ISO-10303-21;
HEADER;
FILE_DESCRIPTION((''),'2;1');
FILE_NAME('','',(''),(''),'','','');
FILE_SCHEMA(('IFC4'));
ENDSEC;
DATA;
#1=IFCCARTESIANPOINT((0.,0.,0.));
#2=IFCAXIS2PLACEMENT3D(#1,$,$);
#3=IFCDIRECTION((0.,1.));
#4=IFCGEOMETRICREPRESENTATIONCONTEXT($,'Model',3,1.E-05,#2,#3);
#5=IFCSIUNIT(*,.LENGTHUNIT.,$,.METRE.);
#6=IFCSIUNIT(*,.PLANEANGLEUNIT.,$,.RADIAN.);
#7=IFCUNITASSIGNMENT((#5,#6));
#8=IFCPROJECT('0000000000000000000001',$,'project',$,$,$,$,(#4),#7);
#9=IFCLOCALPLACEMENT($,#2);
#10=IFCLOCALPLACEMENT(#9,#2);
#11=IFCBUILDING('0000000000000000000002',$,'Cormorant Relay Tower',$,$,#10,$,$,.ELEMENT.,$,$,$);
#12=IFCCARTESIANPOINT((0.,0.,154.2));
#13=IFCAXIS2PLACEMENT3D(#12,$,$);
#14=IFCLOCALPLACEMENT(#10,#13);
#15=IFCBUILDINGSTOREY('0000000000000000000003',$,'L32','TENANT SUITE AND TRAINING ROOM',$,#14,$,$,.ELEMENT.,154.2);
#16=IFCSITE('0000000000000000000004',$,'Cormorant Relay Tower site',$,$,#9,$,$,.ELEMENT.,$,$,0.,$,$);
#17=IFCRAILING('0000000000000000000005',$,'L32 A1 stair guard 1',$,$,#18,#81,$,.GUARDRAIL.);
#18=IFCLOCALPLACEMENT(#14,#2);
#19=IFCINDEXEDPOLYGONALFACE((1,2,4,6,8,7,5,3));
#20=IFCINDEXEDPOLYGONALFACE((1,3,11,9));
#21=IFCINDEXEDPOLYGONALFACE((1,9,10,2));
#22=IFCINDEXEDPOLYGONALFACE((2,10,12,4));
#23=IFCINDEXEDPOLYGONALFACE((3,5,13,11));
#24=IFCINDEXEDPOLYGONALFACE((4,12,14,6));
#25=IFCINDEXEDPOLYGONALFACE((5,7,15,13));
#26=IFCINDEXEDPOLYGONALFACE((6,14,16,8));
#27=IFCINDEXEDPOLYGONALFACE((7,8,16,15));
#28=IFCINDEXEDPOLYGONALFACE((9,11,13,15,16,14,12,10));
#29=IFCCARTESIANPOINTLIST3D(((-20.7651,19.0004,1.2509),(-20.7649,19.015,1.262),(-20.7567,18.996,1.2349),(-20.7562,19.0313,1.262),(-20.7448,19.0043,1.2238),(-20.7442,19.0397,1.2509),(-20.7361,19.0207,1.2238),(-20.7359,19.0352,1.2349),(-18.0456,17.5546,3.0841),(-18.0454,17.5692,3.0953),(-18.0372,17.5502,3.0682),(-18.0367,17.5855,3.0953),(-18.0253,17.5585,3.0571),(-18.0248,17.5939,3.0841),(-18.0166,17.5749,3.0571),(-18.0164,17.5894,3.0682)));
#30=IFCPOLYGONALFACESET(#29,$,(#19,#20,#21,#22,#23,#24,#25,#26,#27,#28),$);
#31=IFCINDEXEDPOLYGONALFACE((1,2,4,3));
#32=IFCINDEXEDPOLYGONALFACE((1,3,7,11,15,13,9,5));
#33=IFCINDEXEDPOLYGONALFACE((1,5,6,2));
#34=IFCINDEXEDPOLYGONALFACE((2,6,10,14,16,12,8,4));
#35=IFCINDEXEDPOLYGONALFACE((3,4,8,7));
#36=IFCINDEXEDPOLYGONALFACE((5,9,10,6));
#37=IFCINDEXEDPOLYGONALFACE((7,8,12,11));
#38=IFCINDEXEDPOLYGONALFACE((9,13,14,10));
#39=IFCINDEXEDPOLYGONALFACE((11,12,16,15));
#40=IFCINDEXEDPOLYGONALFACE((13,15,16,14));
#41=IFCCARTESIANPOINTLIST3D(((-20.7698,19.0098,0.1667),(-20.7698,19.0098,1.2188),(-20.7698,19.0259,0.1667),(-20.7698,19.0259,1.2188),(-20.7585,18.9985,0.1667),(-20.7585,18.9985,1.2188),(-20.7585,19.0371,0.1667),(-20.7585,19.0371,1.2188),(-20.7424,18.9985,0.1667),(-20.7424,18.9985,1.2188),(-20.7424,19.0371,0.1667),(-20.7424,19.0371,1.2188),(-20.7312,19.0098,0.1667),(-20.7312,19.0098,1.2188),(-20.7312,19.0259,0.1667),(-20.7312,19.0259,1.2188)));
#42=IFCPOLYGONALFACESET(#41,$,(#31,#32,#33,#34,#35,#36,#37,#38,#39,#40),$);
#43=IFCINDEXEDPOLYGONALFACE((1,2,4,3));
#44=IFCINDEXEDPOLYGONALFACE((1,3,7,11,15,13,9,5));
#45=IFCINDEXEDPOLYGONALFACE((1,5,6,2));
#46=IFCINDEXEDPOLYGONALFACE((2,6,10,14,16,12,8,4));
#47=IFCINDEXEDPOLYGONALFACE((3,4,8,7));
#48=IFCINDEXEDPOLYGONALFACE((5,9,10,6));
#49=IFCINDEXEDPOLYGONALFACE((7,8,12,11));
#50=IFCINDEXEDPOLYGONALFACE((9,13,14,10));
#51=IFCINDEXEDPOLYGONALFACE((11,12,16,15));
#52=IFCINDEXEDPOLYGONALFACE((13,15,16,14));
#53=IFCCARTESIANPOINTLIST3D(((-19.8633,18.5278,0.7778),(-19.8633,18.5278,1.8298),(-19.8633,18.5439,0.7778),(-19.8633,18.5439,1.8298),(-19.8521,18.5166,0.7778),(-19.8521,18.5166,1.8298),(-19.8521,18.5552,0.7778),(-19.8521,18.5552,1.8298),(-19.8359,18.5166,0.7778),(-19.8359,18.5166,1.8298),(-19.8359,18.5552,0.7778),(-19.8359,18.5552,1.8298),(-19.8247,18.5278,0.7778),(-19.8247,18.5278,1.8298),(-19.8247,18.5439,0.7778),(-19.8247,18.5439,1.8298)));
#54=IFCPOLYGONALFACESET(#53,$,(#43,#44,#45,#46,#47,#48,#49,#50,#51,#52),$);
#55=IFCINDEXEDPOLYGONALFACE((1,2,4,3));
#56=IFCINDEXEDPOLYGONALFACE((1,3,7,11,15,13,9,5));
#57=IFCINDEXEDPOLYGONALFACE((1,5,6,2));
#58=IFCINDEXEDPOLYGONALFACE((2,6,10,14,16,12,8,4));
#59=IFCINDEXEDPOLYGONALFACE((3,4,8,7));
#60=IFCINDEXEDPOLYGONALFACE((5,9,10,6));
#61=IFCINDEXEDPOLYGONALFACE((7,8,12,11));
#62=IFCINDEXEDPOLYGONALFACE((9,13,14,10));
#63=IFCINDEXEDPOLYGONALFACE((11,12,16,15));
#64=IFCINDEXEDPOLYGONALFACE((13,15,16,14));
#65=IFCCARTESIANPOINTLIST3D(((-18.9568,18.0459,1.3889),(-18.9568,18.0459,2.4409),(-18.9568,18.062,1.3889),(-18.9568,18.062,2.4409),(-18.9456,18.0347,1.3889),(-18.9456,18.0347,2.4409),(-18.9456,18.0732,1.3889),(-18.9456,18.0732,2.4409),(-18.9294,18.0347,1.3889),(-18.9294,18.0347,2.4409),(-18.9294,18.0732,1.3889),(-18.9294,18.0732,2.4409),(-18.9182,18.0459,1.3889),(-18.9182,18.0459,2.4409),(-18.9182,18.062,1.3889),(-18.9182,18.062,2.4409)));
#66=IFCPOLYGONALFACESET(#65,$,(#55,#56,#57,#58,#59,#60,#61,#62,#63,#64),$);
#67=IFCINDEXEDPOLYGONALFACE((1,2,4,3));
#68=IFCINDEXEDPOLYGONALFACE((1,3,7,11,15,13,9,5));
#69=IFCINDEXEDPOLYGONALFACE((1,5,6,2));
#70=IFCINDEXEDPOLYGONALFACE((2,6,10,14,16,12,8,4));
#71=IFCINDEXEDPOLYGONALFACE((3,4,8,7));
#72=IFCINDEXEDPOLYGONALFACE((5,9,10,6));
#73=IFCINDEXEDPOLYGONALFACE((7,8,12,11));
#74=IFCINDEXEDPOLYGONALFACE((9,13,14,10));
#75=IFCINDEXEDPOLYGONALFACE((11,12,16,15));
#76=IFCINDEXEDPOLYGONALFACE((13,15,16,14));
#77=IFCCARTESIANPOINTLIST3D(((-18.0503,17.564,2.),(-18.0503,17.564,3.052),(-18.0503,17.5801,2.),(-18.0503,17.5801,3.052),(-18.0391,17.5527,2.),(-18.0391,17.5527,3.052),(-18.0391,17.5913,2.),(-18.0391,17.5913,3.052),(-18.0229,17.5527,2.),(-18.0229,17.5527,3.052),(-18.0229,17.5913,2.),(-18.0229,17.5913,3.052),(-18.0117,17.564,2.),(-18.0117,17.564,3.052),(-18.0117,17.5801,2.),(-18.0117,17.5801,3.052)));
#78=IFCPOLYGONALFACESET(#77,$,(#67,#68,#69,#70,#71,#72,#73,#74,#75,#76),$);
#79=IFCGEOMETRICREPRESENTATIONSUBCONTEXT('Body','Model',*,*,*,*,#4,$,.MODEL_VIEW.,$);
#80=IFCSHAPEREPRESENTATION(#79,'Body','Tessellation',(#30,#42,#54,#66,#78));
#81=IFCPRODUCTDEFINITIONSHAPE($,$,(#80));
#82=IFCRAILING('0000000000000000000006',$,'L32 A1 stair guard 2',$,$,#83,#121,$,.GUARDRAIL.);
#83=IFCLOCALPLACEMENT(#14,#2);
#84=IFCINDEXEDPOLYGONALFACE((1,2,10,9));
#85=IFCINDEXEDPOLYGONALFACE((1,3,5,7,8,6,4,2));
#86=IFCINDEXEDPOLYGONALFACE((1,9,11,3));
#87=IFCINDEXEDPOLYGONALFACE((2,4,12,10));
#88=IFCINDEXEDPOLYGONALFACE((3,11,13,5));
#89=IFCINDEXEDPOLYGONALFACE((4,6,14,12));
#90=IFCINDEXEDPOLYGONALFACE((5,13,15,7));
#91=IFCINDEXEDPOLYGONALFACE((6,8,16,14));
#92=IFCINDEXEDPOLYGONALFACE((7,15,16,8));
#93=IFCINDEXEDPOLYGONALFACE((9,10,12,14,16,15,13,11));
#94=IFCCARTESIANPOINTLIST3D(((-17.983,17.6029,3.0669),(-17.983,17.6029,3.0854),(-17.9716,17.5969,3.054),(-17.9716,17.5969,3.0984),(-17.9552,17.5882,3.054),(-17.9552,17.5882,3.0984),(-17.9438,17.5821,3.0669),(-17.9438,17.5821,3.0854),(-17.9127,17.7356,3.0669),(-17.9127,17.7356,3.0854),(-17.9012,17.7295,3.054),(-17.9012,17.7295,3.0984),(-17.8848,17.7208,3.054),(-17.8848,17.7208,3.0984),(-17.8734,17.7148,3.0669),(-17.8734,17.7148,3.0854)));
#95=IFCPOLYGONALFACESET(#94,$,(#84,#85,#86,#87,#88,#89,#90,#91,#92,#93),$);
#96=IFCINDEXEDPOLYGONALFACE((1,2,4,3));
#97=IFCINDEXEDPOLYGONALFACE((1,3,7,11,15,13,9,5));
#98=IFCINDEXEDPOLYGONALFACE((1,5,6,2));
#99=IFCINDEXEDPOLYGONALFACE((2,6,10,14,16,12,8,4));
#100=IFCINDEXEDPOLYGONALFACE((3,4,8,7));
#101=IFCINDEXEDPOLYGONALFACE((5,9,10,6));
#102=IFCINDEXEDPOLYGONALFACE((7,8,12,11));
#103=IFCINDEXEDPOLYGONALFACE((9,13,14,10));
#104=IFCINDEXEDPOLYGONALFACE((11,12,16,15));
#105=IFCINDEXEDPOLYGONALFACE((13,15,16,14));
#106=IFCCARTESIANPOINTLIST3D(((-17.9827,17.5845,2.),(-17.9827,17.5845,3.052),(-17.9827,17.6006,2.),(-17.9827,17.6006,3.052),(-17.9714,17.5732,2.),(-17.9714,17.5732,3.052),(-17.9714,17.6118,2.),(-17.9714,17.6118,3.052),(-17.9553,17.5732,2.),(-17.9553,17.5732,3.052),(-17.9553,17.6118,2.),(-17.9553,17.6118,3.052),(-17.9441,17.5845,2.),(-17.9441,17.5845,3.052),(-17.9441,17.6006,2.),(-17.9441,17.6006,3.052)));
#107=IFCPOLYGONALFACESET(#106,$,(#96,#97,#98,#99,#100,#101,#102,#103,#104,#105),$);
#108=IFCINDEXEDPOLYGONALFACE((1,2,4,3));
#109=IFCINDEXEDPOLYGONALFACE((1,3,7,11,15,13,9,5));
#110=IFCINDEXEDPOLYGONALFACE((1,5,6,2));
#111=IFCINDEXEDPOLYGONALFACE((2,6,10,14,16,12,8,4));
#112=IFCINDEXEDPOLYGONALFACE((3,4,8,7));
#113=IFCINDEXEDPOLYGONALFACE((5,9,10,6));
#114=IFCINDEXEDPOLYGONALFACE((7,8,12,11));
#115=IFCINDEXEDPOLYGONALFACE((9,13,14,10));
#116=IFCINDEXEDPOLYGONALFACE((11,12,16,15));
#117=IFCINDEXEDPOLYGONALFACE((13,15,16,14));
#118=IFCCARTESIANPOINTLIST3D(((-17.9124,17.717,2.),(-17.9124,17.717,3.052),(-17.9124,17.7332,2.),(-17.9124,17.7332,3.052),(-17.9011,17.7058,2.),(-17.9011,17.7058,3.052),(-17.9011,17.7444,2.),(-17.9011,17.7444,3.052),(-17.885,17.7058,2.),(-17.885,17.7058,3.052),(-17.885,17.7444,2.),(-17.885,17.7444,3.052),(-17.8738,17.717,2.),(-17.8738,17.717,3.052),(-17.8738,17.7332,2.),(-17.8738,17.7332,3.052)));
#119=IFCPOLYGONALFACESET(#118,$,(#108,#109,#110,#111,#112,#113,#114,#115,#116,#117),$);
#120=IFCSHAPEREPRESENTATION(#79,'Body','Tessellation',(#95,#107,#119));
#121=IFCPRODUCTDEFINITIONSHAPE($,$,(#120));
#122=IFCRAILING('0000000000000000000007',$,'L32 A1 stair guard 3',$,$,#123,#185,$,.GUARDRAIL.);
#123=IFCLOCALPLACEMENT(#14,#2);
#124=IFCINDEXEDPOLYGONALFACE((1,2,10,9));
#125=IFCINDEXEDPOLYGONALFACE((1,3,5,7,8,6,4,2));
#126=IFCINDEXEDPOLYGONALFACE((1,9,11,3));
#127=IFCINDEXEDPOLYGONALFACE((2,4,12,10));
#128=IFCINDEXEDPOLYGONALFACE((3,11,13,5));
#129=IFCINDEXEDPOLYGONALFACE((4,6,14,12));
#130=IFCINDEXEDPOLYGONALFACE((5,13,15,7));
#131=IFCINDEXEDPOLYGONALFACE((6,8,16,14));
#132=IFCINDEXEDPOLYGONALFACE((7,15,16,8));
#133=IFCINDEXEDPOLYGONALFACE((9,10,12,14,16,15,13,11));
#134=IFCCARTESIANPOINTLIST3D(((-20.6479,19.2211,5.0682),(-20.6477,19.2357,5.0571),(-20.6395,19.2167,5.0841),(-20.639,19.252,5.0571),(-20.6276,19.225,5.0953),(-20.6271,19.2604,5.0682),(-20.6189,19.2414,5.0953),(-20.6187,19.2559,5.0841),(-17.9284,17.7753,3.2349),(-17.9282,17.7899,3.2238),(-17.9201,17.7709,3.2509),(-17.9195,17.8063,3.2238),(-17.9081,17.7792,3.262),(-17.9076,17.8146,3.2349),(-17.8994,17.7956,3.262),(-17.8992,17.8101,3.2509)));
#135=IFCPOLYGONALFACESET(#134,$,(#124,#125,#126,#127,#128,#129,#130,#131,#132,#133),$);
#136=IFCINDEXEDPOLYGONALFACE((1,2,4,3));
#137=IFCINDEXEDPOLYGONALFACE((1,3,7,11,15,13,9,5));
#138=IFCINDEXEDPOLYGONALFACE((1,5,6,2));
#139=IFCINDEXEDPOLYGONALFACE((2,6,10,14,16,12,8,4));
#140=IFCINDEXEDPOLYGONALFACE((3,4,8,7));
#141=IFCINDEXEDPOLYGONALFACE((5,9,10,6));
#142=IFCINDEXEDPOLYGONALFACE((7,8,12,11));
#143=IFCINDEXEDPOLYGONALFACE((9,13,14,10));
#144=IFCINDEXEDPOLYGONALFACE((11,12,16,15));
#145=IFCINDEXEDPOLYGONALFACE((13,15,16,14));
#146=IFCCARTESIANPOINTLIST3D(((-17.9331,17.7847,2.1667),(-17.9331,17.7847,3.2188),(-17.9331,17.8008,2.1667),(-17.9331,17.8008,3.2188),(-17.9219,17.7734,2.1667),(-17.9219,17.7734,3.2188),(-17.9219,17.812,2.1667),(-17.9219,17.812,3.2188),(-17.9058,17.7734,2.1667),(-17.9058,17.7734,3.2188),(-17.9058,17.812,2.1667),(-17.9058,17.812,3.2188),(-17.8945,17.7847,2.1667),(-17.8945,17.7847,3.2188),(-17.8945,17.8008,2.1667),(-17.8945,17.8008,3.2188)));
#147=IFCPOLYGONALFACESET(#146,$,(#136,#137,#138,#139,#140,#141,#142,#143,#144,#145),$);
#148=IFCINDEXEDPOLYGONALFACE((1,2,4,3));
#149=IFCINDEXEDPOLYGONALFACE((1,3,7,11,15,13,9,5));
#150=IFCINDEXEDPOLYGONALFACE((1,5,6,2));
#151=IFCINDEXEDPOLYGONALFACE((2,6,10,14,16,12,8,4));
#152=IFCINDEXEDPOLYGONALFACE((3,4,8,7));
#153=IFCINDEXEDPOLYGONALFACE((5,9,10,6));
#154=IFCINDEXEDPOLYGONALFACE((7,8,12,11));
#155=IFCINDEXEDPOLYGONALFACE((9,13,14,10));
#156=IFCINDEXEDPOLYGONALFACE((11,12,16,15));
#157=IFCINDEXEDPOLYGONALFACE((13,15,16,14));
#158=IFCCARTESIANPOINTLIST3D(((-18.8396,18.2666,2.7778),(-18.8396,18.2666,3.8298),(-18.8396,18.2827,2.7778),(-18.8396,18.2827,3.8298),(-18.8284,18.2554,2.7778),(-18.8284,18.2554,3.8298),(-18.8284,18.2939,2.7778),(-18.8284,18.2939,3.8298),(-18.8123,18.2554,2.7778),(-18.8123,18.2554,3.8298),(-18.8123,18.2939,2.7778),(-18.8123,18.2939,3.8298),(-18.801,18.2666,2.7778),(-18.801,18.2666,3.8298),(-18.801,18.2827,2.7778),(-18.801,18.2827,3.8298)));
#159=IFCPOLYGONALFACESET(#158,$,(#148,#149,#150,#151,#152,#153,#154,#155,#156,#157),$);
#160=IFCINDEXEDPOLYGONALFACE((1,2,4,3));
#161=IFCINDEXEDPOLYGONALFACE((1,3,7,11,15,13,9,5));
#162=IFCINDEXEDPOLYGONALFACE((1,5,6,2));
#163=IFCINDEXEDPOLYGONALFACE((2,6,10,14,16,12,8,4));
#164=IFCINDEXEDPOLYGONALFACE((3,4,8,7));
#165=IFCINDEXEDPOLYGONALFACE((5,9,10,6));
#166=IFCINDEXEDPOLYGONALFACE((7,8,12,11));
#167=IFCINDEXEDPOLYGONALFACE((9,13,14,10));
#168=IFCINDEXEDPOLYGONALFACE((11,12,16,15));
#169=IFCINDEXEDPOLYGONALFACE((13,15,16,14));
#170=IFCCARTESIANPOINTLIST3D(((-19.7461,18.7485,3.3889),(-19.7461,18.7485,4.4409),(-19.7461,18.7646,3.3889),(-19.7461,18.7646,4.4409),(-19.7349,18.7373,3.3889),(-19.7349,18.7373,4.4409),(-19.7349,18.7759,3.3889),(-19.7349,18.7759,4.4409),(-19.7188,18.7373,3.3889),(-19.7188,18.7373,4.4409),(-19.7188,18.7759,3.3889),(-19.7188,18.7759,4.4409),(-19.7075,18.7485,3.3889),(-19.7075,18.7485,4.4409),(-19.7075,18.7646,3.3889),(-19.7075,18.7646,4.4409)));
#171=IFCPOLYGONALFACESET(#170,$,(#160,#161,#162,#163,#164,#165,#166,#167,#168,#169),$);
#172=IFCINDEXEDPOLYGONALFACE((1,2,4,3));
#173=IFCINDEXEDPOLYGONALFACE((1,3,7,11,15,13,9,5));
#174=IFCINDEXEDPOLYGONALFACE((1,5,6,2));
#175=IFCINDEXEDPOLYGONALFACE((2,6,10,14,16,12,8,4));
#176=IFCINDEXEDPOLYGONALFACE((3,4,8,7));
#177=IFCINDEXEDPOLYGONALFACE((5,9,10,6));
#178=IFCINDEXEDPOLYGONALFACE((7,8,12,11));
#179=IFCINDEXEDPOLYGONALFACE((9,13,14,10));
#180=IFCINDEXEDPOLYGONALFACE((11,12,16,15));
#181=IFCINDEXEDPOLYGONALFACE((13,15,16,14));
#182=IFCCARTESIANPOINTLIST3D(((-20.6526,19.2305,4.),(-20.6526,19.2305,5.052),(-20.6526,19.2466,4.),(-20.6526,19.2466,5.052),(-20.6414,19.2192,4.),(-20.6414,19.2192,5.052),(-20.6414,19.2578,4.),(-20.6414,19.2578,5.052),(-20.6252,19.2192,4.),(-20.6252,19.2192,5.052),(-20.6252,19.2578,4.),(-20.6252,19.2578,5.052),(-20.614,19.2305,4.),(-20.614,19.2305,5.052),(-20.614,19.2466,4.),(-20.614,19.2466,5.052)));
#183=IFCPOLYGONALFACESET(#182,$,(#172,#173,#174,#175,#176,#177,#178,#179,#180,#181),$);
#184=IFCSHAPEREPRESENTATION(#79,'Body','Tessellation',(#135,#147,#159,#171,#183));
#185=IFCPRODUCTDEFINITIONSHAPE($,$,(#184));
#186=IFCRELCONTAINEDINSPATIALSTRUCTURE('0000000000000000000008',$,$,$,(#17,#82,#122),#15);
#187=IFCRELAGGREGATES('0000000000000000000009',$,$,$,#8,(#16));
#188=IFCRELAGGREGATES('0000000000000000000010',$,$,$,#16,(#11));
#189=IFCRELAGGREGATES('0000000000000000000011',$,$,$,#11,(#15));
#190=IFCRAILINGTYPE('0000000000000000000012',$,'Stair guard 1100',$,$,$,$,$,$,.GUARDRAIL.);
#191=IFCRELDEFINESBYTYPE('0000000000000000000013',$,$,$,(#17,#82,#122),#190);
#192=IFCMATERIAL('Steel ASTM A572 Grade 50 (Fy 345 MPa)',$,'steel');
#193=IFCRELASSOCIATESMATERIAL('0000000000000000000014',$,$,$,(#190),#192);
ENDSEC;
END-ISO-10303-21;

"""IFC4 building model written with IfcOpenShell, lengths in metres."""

from ifc_helpers import new_model, si_unit, direction, frame, origin, place, context, subcontext, project, spatial, polyline, outline, extrude, material, type_object, element, save


model = new_model("IFC4")

# Units and contexts
model_context = context("Model", 3, precision=1e-05, world=origin(), true_north=direction((0.0, 1.0)))
body_context = subcontext(model_context, "Body", "Model", "MODEL_VIEW")
ifc_project = project(units=[si_unit("LENGTHUNIT", "METRE"), si_unit("PLANEANGLEUNIT", "RADIAN")], contexts=[model_context])

# Site, building, storey
site_placement = place(None, origin())
site = spatial("IfcSite", under=ifc_project, at=site_placement, Name="Cormorant Relay Tower site", CompositionType="ELEMENT", RefElevation=0.0)
building_placement = place(site_placement, origin())
building = spatial("IfcBuilding", under=site, at=building_placement, Name="Cormorant Relay Tower", CompositionType="ELEMENT")
storey_placement = place(building_placement, frame((0.0, 0.0, 154.2)))
storey = spatial("IfcBuildingStorey", under=building, at=storey_placement, Name="L32", Description="TENANT SUITE AND TRAINING ROOM", CompositionType="ELEMENT", Elevation=154.2)

# Railings
ifc_material_1 = material(Name="Steel ASTM A572 Grade 50 (Fy 345 MPa)", Category="steel")
railing_type_1 = type_object("IfcRailingType", Name="Stair guard 1100", PredefinedType="GUARDRAIL", material=ifc_material_1)
railing_1_placement = place(storey_placement, frame((-20.7505, 19.0178, 0.1667)))
element("IfcRailing", 1, at=railing_1_placement, inside=storey, type_object=railing_type_1, Name="L32 A1 stair guard 1", PredefinedType="GUARDRAIL", context=body_context, shape_type="SweptSolid", body=[
    extrude(outline(polyline([(0.0222, 0.0093), (0.0093, 0.0222), (-0.0093, 0.0222), (-0.0222, 0.0093), (-0.0222, -0.0093), (-0.0093, -0.0222), (0.0093, -0.0222), (0.0222, -0.0093), (0.0222, 0.0093)])), frame((0.0, 0.0, 1.0762), z_axis=(0.758735, -0.403378, 0.511477), x_axis=(0.469428, 0.882971, 0.0)), (0.0, 0.0, 1.0), 3.5842),
    extrude(outline(polyline([(0.0193, 0.0081), (0.0081, 0.0193), (-0.0081, 0.0193), (-0.0193, 0.0081), (-0.0193, -0.0081), (-0.0081, -0.0193), (0.0081, -0.0193), (0.0193, -0.0081), (0.0193, 0.0081)])), origin(), (0.0, 0.0, 1.0), 1.052),
    extrude(outline(polyline([(0.0193, 0.0081), (0.0081, 0.0193), (-0.0081, 0.0193), (-0.0193, 0.0081), (-0.0193, -0.0081), (-0.0081, -0.0193), (0.0081, -0.0193), (0.0193, -0.0081), (0.0193, 0.0081)])), frame((0.9065, -0.4819, 0.6111)), (0.0, 0.0, 1.0), 1.052),
    extrude(outline(polyline([(0.0193, 0.0081), (0.0081, 0.0193), (-0.0081, 0.0193), (-0.0193, 0.0081), (-0.0193, -0.0081), (-0.0081, -0.0193), (0.0081, -0.0193), (0.0193, -0.0081), (0.0193, 0.0081)])), frame((1.813, -0.9639, 1.2222)), (0.0, 0.0, 1.0), 1.052),
    extrude(outline(polyline([(0.0193, 0.0081), (0.0081, 0.0193), (-0.0081, 0.0193), (-0.0193, 0.0081), (-0.0193, -0.0081), (-0.0081, -0.0193), (0.0081, -0.0193), (0.0193, -0.0081), (0.0193, 0.0081)])), frame((2.7195, -1.4458, 1.8333)), (0.0, 0.0, 1.0), 1.052),
])
railing_2_placement = place(storey_placement, frame((-17.9634, 17.5925, 2.0)))
element("IfcRailing", 2, at=railing_2_placement, inside=storey, type_object=railing_type_1, Name="L32 A1 stair guard 2", PredefinedType="GUARDRAIL", context=body_context, shape_type="SweptSolid", body=[
    extrude(outline(polyline([(0.0222, 0.0093), (0.0093, 0.0222), (-0.0093, 0.0222), (-0.0222, 0.0093), (-0.0222, -0.0093), (-0.0093, -0.0222), (0.0093, -0.0222), (0.0222, -0.0093), (0.0222, 0.0093)])), frame((0.0, 0.0, 1.0762), z_axis=(0.46856, 0.883431, 0.0), x_axis=(-0.883431, 0.46856, 0.0)), (0.0, 0.0, 1.0), 0.1501),
    extrude(outline(polyline([(0.0193, 0.0081), (0.0081, 0.0193), (-0.0081, 0.0193), (-0.0193, 0.0081), (-0.0193, -0.0081), (-0.0081, -0.0193), (0.0081, -0.0193), (0.0193, -0.0081), (0.0193, 0.0081)])), origin(), (0.0, 0.0, 1.0), 1.052),
    extrude(outline(polyline([(0.0193, 0.0081), (0.0081, 0.0193), (-0.0081, 0.0193), (-0.0193, 0.0081), (-0.0193, -0.0081), (-0.0081, -0.0193), (0.0081, -0.0193), (0.0193, -0.0081), (0.0193, 0.0081)])), frame((0.0703, 0.1326, 0.0)), (0.0, 0.0, 1.0), 1.052),
])
railing_3_placement = place(storey_placement, frame((-17.9138, 17.7927, 2.1667)))
element("IfcRailing", 3, at=railing_3_placement, inside=storey, type_object=railing_type_1, Name="L32 A1 stair guard 3", PredefinedType="GUARDRAIL", context=body_context, shape_type="SweptSolid", body=[
    extrude(outline(polyline([(0.0222, 0.0093), (0.0093, 0.0222), (-0.0093, 0.0222), (-0.0222, 0.0093), (-0.0222, -0.0093), (-0.0093, -0.0222), (0.0093, -0.0222), (0.0222, -0.0093), (0.0222, 0.0093)])), frame((0.0, 0.0, 1.0762), z_axis=(-0.758735, 0.403378, 0.511477), x_axis=(-0.469428, -0.882971, 0.0)), (0.0, 0.0, 1.0), 3.5842),
    extrude(outline(polyline([(0.0193, 0.0081), (0.0081, 0.0193), (-0.0081, 0.0193), (-0.0193, 0.0081), (-0.0193, -0.0081), (-0.0081, -0.0193), (0.0081, -0.0193), (0.0193, -0.0081), (0.0193, 0.0081)])), origin(), (0.0, 0.0, 1.0), 1.052),
    extrude(outline(polyline([(0.0193, 0.0081), (0.0081, 0.0193), (-0.0081, 0.0193), (-0.0193, 0.0081), (-0.0193, -0.0081), (-0.0081, -0.0193), (0.0081, -0.0193), (0.0193, -0.0081), (0.0193, 0.0081)])), frame((-0.9065, 0.4819, 0.6111)), (0.0, 0.0, 1.0), 1.052),
    extrude(outline(polyline([(0.0193, 0.0081), (0.0081, 0.0193), (-0.0081, 0.0193), (-0.0193, 0.0081), (-0.0193, -0.0081), (-0.0081, -0.0193), (0.0081, -0.0193), (0.0193, -0.0081), (0.0193, 0.0081)])), frame((-1.813, 0.9639, 1.2222)), (0.0, 0.0, 1.0), 1.052),
    extrude(outline(polyline([(0.0193, 0.0081), (0.0081, 0.0193), (-0.0081, 0.0193), (-0.0193, 0.0081), (-0.0193, -0.0081), (-0.0081, -0.0193), (0.0081, -0.0193), (0.0193, -0.0081), (0.0193, 0.0081)])), frame((-2.7195, 1.4458, 1.8333)), (0.0, 0.0, 1.0), 1.052),
])

save(model, "model.ifc")
